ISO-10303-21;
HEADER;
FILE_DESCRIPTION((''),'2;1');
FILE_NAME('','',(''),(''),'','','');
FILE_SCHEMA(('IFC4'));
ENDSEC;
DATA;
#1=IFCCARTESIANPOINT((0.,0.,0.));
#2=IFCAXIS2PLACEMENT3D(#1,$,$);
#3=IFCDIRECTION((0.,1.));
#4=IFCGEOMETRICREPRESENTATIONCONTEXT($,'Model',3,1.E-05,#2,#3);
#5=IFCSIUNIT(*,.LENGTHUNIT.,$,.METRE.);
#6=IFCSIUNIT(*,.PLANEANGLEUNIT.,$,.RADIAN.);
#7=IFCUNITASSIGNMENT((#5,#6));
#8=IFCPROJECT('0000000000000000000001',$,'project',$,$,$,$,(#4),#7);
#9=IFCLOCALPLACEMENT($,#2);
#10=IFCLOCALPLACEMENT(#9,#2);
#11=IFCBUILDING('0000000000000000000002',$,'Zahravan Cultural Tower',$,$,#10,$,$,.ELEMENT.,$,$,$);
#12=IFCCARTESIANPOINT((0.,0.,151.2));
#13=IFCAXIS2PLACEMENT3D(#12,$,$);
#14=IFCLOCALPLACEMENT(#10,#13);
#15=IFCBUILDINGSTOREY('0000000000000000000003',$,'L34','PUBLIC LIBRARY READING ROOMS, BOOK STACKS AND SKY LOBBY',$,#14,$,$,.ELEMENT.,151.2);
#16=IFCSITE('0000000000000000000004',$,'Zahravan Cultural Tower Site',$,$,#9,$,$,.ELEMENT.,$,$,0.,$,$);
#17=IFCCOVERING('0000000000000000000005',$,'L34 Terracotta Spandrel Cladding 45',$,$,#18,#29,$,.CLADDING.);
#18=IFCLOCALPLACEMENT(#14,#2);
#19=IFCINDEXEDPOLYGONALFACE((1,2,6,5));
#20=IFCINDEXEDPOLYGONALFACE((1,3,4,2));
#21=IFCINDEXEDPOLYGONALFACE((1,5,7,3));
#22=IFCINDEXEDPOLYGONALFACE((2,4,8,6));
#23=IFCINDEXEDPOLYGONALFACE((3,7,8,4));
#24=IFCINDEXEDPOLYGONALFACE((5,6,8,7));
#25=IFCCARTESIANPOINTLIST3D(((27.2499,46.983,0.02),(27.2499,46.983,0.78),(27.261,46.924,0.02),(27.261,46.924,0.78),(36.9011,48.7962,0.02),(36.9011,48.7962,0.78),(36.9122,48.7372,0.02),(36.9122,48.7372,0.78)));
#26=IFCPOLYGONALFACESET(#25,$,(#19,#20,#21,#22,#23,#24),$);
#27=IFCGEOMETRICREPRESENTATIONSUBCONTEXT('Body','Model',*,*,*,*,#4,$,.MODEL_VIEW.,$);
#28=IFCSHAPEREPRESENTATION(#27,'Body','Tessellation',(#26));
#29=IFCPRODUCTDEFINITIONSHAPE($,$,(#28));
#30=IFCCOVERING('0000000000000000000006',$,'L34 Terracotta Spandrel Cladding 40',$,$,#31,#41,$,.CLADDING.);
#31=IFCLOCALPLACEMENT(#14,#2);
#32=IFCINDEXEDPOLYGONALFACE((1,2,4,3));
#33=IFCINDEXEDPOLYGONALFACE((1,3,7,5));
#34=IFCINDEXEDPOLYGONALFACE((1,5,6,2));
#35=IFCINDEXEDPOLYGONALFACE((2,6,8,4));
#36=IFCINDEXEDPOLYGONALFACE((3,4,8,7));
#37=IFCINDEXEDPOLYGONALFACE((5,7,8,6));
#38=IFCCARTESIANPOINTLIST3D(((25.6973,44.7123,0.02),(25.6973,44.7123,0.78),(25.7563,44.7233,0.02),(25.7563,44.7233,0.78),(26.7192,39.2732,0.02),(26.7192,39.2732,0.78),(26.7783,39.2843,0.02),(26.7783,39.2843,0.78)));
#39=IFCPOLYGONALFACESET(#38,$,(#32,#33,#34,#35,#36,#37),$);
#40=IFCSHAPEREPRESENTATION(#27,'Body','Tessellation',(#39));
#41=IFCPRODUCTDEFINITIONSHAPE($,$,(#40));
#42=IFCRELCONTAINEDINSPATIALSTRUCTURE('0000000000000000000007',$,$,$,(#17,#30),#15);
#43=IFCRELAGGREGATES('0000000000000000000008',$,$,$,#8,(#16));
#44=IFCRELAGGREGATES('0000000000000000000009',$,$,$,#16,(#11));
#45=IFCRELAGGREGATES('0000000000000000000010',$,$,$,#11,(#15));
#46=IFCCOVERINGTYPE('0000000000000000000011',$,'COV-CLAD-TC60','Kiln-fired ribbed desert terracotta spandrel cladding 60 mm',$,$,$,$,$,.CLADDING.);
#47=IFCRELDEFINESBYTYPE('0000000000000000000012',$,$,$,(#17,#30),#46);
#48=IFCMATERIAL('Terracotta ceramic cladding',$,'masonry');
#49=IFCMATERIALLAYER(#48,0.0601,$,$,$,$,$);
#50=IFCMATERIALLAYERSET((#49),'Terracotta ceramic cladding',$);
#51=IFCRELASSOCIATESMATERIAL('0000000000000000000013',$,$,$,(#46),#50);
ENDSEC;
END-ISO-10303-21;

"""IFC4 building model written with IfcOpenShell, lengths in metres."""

from ifc_helpers import new_model, si_unit, direction, frame, origin, origin_2d, place, context, subcontext, project, spatial, rectangle, extrude, source, transform, mapped, material, layer, layer_set, type_object, element, save


model = new_model("IFC4")

# Units and contexts
model_context = context("Model", 3, precision=1e-05, world=origin(), true_north=direction((0.0, 1.0)))
body_context = subcontext(model_context, "Body", "Model", "MODEL_VIEW")
ifc_project = project(units=[si_unit("LENGTHUNIT", "METRE"), si_unit("PLANEANGLEUNIT", "RADIAN")], contexts=[model_context])

# Site, building, storey
site_placement = place(None, origin())
site = spatial("IfcSite", under=ifc_project, at=site_placement, Name="Zahravan Cultural Tower Site", CompositionType="ELEMENT", RefElevation=0.0)
building_placement = place(site_placement, origin())
building = spatial("IfcBuilding", under=site, at=building_placement, Name="Zahravan Cultural Tower", CompositionType="ELEMENT")
storey_placement = place(building_placement, frame((0.0, 0.0, 151.2)))
storey = spatial("IfcBuildingStorey", under=building, at=storey_placement, Name="L34", Description="PUBLIC LIBRARY READING ROOMS, BOOK STACKS AND SKY LOBBY", CompositionType="ELEMENT", Elevation=151.2)

# Coverings
ifc_material_1 = material(Name="Terracotta ceramic cladding", Category="masonry")
ifc_layer_1 = layer(ifc_material_1, 0.0601)
ifc_layer_set_1 = layer_set([ifc_layer_1], Name="Terracotta ceramic cladding")
covering_type = type_object("IfcCoveringType", Name="COV-CLAD-TC60", Description="Kiln-fired ribbed desert terracotta spandrel cladding 60 mm", PredefinedType="CLADDING", material=ifc_layer_set_1)
shared_shape_1 = source(origin(), body_context, "Body", "SweptSolid", [
    extrude(rectangle(XDim=9.8201, YDim=0.0601, at=origin_2d()), origin(), (0.0, 0.0, 1.0), 0.76),
])
covering_1_placement = place(storey_placement, frame((32.0811, 47.8601, 0.02), z_axis=(0.0, 0.0, 1.0), x_axis=(0.982807, 0.184638, 0.0)))
element("IfcCovering", 1, at=covering_1_placement, inside=storey, type_object=covering_type, Name="L34 Terracotta Spandrel Cladding 45", PredefinedType="CLADDING", context=body_context, shape_type="MappedRepresentation", body=[
    mapped(shared_shape_1, transform((0.0, 0.0, 0.0), x_axis=(1.0, 0.0, 0.0), y_axis=(0.0, 1.0, 0.0), z_axis=(0.0, 0.0, 1.0), scale=1.0)),
])
shared_shape_2 = source(origin(), body_context, "Body", "SweptSolid", [
    extrude(rectangle(XDim=5.5342, YDim=0.0601, at=origin_2d()), origin(), (0.0, 0.0, 1.0), 0.76),
])
covering_2_placement = place(storey_placement, frame((26.2378, 41.9983, 0.02), z_axis=(0.0, 0.0, 1.0), x_axis=(-0.184655, 0.982803, 0.0)))
element("IfcCovering", 2, at=covering_2_placement, inside=storey, type_object=covering_type, Name="L34 Terracotta Spandrel Cladding 40", PredefinedType="CLADDING", context=body_context, shape_type="MappedRepresentation", body=[
    mapped(shared_shape_2, transform((0.0, 0.0, 0.0), x_axis=(1.0, 0.0, 0.0), y_axis=(0.0, 1.0, 0.0), z_axis=(0.0, 0.0, 1.0), scale=1.0)),
])

save(model, "model.ifc")
